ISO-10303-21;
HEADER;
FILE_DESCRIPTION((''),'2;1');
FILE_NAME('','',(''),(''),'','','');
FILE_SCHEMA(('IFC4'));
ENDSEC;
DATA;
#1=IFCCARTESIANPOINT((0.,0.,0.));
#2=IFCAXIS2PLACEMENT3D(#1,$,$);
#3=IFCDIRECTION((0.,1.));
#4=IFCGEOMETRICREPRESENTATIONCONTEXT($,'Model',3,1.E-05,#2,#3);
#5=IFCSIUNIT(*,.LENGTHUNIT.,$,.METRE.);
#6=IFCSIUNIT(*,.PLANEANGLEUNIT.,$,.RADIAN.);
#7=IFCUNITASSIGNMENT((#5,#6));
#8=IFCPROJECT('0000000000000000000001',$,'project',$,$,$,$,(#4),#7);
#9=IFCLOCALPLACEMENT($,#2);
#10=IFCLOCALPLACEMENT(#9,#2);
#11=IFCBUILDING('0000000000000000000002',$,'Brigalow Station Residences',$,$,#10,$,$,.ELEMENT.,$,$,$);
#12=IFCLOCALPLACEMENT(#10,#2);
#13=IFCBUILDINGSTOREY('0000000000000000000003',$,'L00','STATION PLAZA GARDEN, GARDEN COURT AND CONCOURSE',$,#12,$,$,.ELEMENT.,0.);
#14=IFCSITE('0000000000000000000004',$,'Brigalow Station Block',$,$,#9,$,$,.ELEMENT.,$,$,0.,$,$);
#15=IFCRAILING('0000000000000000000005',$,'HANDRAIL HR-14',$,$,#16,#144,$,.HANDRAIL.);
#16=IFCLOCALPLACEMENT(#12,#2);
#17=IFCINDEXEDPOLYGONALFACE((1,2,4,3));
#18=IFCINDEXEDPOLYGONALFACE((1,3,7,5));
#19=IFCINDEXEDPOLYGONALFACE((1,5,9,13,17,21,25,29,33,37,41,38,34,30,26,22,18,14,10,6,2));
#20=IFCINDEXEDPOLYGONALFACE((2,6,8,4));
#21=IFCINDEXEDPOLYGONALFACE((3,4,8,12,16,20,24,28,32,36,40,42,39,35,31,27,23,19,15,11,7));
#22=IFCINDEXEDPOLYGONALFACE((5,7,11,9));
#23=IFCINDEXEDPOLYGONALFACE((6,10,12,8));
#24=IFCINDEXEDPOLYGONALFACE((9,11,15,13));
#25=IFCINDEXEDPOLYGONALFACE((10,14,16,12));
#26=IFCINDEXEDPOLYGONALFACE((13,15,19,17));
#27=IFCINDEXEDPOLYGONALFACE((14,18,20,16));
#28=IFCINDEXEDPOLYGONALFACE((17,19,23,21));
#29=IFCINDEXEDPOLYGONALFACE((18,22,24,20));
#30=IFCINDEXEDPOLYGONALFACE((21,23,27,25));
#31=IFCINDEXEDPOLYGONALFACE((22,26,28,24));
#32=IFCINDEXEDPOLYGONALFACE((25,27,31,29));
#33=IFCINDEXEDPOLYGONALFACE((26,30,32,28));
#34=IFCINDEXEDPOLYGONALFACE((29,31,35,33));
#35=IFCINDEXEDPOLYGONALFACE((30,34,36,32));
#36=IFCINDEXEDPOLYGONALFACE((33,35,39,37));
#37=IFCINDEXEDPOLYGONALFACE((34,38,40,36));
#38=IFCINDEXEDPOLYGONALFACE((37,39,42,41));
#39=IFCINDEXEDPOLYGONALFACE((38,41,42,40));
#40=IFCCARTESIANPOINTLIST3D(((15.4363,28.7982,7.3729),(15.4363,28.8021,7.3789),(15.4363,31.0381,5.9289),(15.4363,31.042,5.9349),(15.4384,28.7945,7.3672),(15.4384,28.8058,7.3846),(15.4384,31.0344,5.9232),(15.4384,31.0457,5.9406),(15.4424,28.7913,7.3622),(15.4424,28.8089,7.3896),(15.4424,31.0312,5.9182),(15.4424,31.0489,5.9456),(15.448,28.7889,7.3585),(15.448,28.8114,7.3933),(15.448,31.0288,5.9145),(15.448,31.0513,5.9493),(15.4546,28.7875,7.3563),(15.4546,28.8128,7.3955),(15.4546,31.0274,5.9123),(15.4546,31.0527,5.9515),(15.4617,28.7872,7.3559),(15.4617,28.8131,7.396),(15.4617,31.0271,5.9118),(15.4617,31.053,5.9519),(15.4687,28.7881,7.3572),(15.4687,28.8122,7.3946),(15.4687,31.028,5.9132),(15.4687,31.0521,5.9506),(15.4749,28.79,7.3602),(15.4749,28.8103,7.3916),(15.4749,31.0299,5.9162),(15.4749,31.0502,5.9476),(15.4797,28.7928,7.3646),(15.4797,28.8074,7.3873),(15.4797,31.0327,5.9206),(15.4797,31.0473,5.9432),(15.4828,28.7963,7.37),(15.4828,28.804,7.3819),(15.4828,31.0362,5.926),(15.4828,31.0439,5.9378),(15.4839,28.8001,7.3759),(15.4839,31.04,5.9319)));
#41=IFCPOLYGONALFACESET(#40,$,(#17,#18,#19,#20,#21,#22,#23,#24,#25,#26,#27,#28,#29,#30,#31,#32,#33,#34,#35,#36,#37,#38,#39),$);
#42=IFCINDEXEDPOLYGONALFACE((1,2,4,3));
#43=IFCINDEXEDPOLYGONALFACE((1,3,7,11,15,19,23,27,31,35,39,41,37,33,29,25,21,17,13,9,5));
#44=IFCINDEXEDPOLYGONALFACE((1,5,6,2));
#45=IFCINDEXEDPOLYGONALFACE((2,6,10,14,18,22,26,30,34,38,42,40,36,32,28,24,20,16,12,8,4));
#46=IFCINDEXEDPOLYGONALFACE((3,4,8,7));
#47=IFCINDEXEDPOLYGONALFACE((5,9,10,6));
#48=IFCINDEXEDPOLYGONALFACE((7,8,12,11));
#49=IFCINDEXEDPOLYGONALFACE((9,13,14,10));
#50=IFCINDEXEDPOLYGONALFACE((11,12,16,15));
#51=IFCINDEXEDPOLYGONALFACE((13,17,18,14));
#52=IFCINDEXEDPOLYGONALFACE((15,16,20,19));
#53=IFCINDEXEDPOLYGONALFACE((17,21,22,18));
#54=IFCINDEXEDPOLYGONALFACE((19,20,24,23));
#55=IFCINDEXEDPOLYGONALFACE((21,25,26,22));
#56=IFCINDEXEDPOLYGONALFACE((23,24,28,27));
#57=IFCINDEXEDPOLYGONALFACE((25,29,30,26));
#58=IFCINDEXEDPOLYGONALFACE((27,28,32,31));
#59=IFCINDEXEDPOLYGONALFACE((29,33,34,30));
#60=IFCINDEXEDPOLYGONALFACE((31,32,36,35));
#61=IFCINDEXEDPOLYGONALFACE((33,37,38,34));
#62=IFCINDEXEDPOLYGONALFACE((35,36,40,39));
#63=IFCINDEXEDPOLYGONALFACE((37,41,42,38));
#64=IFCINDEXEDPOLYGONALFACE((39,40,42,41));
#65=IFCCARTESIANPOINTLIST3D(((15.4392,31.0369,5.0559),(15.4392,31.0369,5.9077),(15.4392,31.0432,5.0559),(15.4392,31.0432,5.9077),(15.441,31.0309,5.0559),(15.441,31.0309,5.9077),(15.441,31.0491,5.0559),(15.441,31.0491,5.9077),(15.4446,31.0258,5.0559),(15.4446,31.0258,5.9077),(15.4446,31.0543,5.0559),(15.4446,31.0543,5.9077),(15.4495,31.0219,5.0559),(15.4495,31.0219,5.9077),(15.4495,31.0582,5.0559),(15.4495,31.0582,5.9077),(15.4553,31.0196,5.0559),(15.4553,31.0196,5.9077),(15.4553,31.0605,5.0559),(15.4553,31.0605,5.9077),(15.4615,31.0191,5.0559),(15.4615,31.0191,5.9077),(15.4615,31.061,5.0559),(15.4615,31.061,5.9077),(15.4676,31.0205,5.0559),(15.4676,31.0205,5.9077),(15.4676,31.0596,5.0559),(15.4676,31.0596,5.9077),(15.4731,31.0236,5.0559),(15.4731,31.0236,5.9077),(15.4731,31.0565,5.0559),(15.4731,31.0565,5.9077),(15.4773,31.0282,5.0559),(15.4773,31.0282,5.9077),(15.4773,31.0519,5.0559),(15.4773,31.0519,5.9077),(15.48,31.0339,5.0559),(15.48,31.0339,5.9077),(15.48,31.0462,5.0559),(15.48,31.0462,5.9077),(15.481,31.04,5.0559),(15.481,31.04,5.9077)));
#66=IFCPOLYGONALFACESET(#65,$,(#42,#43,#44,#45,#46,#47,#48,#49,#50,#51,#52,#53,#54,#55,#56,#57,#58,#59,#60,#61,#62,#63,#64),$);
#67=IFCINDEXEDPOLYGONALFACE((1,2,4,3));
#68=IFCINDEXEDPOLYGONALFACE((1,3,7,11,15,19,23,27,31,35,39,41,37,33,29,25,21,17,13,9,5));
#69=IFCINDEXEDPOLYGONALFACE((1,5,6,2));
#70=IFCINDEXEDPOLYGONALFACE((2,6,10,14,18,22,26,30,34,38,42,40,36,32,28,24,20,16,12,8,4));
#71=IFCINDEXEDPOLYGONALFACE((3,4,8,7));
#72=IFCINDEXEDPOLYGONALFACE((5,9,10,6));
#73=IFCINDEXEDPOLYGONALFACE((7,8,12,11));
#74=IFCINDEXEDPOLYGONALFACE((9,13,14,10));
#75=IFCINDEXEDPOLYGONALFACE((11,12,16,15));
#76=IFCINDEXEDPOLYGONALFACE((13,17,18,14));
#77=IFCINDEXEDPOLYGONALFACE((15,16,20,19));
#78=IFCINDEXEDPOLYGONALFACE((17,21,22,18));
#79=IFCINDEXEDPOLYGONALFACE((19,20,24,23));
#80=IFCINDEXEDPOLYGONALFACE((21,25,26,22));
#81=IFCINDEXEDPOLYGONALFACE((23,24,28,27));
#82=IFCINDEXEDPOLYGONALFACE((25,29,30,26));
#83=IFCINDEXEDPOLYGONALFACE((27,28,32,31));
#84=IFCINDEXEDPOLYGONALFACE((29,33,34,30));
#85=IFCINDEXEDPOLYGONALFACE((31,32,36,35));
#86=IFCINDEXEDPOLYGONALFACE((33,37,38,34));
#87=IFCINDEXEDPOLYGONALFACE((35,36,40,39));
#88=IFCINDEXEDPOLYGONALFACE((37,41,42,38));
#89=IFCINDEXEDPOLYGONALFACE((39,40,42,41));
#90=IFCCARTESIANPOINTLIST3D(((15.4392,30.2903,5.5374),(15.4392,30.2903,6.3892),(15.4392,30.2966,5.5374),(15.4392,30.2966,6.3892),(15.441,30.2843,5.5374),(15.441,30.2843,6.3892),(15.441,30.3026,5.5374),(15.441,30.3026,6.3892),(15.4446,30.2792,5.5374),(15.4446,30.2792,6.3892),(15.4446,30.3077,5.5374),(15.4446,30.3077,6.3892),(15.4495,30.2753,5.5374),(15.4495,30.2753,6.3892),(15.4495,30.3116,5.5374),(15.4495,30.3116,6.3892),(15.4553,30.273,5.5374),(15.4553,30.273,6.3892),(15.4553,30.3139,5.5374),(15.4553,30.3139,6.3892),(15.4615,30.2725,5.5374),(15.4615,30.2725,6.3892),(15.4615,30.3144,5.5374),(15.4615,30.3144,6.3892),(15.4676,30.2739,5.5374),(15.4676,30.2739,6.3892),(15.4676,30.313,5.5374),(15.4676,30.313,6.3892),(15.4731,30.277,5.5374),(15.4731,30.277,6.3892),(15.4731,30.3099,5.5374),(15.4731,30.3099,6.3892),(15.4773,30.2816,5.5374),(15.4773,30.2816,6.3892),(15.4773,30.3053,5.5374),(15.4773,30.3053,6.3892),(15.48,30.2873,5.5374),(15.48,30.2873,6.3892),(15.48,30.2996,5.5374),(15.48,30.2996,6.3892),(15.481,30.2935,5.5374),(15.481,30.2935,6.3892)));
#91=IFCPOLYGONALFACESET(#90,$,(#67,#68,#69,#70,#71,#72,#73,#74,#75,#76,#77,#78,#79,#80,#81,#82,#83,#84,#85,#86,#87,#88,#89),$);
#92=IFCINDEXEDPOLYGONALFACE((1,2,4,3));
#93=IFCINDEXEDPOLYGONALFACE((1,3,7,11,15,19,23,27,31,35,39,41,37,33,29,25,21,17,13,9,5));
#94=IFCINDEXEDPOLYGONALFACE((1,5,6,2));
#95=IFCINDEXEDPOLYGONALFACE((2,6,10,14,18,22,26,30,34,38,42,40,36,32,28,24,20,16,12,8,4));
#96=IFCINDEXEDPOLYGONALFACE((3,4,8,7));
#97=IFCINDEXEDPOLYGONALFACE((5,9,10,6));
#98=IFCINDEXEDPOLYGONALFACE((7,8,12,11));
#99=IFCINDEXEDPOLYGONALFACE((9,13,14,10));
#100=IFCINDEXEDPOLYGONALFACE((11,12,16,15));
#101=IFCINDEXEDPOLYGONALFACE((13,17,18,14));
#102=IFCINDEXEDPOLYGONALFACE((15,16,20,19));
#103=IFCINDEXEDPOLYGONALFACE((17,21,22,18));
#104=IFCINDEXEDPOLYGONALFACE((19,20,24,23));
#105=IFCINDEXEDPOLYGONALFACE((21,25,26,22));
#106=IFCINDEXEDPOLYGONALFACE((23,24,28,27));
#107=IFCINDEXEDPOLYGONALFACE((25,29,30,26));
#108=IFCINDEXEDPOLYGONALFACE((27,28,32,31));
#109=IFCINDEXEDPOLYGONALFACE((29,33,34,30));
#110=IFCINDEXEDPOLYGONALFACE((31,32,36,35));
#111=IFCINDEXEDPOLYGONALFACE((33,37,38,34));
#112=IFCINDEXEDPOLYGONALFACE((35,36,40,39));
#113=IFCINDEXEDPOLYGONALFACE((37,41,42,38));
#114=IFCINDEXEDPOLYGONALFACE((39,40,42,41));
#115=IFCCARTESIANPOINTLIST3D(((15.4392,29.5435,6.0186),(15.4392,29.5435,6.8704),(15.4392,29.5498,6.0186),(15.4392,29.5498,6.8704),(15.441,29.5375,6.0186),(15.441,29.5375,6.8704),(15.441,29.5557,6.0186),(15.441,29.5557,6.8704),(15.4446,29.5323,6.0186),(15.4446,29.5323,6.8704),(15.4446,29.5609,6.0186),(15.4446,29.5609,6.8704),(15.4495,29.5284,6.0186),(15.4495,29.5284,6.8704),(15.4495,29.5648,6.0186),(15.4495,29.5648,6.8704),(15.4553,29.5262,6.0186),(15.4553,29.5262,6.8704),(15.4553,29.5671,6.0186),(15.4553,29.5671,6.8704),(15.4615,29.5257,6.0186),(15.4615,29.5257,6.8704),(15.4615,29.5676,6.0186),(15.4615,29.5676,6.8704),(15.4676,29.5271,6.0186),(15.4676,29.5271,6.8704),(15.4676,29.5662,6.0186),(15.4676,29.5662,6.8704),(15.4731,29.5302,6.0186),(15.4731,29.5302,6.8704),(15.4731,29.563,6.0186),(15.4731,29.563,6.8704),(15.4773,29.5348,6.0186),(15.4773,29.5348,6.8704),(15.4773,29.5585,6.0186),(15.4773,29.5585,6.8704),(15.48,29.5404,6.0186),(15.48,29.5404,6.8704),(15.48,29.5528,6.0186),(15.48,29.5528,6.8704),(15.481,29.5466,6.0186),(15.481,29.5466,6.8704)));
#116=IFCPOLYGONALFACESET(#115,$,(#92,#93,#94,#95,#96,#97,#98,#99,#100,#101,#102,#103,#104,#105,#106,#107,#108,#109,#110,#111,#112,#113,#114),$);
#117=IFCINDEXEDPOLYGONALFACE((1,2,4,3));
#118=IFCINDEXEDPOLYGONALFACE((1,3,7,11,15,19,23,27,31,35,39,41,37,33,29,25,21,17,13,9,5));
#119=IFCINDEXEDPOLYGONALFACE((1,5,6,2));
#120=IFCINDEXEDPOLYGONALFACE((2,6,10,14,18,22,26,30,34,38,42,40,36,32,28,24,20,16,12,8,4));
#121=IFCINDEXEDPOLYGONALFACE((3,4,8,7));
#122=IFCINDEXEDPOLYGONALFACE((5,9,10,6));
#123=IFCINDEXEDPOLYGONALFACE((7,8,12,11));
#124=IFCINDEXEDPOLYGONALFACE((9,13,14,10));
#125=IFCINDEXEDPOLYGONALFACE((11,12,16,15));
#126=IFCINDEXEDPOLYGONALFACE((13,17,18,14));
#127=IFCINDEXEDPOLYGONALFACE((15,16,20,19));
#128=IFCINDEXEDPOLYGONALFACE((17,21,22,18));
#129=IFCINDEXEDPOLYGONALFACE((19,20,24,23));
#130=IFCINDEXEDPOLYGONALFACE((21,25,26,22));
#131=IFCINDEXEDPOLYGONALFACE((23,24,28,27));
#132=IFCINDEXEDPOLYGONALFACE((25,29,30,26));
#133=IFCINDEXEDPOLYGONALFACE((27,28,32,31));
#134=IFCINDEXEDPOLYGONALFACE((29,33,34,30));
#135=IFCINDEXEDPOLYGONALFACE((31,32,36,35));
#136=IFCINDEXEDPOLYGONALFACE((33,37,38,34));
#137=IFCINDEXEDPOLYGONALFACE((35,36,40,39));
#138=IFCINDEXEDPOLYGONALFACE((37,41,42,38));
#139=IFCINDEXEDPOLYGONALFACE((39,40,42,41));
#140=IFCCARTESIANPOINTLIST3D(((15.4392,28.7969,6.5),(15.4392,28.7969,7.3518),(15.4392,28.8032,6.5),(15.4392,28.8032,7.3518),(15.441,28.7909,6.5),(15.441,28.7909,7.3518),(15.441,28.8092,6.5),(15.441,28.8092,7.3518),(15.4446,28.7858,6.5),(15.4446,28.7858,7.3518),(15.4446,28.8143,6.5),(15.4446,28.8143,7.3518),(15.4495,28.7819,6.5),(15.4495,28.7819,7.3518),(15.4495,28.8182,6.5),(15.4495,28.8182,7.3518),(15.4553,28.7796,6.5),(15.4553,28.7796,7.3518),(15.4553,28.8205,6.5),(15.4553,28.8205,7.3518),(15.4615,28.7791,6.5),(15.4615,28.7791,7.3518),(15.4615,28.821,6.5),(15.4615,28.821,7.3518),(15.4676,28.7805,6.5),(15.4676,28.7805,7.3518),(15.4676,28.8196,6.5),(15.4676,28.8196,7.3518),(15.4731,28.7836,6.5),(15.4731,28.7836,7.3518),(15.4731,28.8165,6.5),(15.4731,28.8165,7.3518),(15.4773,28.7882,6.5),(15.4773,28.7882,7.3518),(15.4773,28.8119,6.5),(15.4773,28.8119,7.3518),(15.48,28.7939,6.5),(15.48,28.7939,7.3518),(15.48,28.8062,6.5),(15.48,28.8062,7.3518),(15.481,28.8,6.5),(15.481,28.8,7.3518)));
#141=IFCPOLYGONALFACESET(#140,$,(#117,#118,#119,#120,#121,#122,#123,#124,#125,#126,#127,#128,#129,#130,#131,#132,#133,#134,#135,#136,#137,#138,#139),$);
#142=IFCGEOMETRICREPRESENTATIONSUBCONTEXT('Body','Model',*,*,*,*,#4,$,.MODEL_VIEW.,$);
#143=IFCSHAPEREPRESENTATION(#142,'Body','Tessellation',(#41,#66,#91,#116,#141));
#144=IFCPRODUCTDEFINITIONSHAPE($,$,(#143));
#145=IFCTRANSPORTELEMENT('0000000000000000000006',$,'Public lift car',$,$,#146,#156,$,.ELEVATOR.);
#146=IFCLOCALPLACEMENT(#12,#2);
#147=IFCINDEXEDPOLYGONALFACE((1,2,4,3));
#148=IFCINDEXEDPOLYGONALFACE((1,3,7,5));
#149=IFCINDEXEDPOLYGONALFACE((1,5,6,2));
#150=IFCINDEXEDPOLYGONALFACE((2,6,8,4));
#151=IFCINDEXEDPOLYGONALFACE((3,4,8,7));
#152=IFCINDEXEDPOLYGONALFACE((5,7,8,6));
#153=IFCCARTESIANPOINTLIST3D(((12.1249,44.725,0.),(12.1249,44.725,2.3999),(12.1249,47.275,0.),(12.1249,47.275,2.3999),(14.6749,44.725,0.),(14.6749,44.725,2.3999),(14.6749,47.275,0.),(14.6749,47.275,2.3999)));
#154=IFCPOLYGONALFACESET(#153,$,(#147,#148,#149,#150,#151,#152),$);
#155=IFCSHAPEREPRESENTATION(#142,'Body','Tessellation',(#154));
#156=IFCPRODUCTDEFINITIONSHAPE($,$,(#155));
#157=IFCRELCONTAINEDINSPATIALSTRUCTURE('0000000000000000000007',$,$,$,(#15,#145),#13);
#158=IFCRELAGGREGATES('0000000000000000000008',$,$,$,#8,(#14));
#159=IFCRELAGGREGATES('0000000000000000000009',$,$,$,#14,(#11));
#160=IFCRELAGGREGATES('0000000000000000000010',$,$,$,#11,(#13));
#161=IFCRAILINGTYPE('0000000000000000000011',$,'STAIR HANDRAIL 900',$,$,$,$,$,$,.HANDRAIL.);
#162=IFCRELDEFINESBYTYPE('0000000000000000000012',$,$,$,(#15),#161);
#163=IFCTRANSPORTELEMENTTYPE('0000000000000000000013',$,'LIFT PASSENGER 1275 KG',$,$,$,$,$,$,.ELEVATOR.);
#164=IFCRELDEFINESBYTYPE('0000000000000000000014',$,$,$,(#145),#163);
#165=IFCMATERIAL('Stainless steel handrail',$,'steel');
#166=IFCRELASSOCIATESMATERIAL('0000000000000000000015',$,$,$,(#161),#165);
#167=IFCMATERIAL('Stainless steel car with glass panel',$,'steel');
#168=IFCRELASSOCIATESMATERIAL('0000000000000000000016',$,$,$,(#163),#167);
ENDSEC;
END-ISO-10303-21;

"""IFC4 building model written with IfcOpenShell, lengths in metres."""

from ifc_helpers import new_model, si_unit, direction, frame, origin, origin_2d, place, context, subcontext, project, spatial, rectangle, circle, extrude, material, type_object, element, save


model = new_model("IFC4")

# Units and contexts
model_context = context("Model", 3, precision=1e-05, world=origin(), true_north=direction((0.0, 1.0)))
body_context = subcontext(model_context, "Body", "Model", "MODEL_VIEW")
ifc_project = project(units=[si_unit("LENGTHUNIT", "METRE"), si_unit("PLANEANGLEUNIT", "RADIAN")], contexts=[model_context])

# Site, building, storey
site_placement = place(None, origin())
site = spatial("IfcSite", under=ifc_project, at=site_placement, Name="Brigalow Station Block", CompositionType="ELEMENT", RefElevation=0.0)
building_placement = place(site_placement, origin())
building = spatial("IfcBuilding", under=site, at=building_placement, Name="Brigalow Station Residences", CompositionType="ELEMENT")
storey_placement = place(building_placement, origin())
storey = spatial("IfcBuildingStorey", under=building, at=storey_placement, Name="L00", Description="STATION PLAZA GARDEN, GARDEN COURT AND CONCOURSE", CompositionType="ELEMENT", Elevation=0.0)

# Railing
ifc_material_1 = material(Name="Stainless steel handrail", Category="steel")
railing_type_1 = type_object("IfcRailingType", Name="STAIR HANDRAIL 900", PredefinedType="HANDRAIL", material=ifc_material_1)
railing_1_placement = place(storey_placement, frame((15.46, 31.04, 5.0559)))
element("IfcRailing", 1, at=railing_1_placement, inside=storey, type_object=railing_type_1, Name="HANDRAIL HR-14", PredefinedType="HANDRAIL", context=body_context, shape_type="SweptSolid", body=[
    extrude(circle(Radius=0.0239, at=origin_2d()), frame((0.0, 0.0, 0.876), z_axis=(0.0, -0.840478, 0.541845), x_axis=(1.0, 0.0, 0.0)), (0.0, 0.0, 1.0), 2.665),
    extrude(circle(Radius=0.021, at=origin_2d()), origin(), (0.0, 0.0, 1.0), 0.8518),
    extrude(circle(Radius=0.021, at=origin_2d()), frame((0.0, -0.7466, 0.4814)), (0.0, 0.0, 1.0), 0.8518),
    extrude(circle(Radius=0.021, at=origin_2d()), frame((0.0, -1.4934, 0.9626)), (0.0, 0.0, 1.0), 0.8518),
    extrude(circle(Radius=0.021, at=origin_2d()), frame((0.0, -2.24, 1.4441)), (0.0, 0.0, 1.0), 0.8518),
])

# Transport element
ifc_material_2 = material(Name="Stainless steel car with glass panel", Category="steel")
transport_element_type = type_object("IfcTransportElementType", Name="LIFT PASSENGER 1275 KG", PredefinedType="ELEVATOR", material=ifc_material_2)
transport_element_placement = place(storey_placement, frame((13.3999, 46.0, 0.0), z_axis=(0.0, 0.0, 1.0), x_axis=(1.0, 0.0, 0.0)))
element("IfcTransportElement", 2, at=transport_element_placement, inside=storey, type_object=transport_element_type, Name="Public lift car", PredefinedType="ELEVATOR", context=body_context, shape_type="SweptSolid", body=[
    extrude(rectangle(XDim=2.55, YDim=2.55, at=origin_2d()), origin(), (0.0, 0.0, 1.0), 2.3999),
])

save(model, "model.ifc")
